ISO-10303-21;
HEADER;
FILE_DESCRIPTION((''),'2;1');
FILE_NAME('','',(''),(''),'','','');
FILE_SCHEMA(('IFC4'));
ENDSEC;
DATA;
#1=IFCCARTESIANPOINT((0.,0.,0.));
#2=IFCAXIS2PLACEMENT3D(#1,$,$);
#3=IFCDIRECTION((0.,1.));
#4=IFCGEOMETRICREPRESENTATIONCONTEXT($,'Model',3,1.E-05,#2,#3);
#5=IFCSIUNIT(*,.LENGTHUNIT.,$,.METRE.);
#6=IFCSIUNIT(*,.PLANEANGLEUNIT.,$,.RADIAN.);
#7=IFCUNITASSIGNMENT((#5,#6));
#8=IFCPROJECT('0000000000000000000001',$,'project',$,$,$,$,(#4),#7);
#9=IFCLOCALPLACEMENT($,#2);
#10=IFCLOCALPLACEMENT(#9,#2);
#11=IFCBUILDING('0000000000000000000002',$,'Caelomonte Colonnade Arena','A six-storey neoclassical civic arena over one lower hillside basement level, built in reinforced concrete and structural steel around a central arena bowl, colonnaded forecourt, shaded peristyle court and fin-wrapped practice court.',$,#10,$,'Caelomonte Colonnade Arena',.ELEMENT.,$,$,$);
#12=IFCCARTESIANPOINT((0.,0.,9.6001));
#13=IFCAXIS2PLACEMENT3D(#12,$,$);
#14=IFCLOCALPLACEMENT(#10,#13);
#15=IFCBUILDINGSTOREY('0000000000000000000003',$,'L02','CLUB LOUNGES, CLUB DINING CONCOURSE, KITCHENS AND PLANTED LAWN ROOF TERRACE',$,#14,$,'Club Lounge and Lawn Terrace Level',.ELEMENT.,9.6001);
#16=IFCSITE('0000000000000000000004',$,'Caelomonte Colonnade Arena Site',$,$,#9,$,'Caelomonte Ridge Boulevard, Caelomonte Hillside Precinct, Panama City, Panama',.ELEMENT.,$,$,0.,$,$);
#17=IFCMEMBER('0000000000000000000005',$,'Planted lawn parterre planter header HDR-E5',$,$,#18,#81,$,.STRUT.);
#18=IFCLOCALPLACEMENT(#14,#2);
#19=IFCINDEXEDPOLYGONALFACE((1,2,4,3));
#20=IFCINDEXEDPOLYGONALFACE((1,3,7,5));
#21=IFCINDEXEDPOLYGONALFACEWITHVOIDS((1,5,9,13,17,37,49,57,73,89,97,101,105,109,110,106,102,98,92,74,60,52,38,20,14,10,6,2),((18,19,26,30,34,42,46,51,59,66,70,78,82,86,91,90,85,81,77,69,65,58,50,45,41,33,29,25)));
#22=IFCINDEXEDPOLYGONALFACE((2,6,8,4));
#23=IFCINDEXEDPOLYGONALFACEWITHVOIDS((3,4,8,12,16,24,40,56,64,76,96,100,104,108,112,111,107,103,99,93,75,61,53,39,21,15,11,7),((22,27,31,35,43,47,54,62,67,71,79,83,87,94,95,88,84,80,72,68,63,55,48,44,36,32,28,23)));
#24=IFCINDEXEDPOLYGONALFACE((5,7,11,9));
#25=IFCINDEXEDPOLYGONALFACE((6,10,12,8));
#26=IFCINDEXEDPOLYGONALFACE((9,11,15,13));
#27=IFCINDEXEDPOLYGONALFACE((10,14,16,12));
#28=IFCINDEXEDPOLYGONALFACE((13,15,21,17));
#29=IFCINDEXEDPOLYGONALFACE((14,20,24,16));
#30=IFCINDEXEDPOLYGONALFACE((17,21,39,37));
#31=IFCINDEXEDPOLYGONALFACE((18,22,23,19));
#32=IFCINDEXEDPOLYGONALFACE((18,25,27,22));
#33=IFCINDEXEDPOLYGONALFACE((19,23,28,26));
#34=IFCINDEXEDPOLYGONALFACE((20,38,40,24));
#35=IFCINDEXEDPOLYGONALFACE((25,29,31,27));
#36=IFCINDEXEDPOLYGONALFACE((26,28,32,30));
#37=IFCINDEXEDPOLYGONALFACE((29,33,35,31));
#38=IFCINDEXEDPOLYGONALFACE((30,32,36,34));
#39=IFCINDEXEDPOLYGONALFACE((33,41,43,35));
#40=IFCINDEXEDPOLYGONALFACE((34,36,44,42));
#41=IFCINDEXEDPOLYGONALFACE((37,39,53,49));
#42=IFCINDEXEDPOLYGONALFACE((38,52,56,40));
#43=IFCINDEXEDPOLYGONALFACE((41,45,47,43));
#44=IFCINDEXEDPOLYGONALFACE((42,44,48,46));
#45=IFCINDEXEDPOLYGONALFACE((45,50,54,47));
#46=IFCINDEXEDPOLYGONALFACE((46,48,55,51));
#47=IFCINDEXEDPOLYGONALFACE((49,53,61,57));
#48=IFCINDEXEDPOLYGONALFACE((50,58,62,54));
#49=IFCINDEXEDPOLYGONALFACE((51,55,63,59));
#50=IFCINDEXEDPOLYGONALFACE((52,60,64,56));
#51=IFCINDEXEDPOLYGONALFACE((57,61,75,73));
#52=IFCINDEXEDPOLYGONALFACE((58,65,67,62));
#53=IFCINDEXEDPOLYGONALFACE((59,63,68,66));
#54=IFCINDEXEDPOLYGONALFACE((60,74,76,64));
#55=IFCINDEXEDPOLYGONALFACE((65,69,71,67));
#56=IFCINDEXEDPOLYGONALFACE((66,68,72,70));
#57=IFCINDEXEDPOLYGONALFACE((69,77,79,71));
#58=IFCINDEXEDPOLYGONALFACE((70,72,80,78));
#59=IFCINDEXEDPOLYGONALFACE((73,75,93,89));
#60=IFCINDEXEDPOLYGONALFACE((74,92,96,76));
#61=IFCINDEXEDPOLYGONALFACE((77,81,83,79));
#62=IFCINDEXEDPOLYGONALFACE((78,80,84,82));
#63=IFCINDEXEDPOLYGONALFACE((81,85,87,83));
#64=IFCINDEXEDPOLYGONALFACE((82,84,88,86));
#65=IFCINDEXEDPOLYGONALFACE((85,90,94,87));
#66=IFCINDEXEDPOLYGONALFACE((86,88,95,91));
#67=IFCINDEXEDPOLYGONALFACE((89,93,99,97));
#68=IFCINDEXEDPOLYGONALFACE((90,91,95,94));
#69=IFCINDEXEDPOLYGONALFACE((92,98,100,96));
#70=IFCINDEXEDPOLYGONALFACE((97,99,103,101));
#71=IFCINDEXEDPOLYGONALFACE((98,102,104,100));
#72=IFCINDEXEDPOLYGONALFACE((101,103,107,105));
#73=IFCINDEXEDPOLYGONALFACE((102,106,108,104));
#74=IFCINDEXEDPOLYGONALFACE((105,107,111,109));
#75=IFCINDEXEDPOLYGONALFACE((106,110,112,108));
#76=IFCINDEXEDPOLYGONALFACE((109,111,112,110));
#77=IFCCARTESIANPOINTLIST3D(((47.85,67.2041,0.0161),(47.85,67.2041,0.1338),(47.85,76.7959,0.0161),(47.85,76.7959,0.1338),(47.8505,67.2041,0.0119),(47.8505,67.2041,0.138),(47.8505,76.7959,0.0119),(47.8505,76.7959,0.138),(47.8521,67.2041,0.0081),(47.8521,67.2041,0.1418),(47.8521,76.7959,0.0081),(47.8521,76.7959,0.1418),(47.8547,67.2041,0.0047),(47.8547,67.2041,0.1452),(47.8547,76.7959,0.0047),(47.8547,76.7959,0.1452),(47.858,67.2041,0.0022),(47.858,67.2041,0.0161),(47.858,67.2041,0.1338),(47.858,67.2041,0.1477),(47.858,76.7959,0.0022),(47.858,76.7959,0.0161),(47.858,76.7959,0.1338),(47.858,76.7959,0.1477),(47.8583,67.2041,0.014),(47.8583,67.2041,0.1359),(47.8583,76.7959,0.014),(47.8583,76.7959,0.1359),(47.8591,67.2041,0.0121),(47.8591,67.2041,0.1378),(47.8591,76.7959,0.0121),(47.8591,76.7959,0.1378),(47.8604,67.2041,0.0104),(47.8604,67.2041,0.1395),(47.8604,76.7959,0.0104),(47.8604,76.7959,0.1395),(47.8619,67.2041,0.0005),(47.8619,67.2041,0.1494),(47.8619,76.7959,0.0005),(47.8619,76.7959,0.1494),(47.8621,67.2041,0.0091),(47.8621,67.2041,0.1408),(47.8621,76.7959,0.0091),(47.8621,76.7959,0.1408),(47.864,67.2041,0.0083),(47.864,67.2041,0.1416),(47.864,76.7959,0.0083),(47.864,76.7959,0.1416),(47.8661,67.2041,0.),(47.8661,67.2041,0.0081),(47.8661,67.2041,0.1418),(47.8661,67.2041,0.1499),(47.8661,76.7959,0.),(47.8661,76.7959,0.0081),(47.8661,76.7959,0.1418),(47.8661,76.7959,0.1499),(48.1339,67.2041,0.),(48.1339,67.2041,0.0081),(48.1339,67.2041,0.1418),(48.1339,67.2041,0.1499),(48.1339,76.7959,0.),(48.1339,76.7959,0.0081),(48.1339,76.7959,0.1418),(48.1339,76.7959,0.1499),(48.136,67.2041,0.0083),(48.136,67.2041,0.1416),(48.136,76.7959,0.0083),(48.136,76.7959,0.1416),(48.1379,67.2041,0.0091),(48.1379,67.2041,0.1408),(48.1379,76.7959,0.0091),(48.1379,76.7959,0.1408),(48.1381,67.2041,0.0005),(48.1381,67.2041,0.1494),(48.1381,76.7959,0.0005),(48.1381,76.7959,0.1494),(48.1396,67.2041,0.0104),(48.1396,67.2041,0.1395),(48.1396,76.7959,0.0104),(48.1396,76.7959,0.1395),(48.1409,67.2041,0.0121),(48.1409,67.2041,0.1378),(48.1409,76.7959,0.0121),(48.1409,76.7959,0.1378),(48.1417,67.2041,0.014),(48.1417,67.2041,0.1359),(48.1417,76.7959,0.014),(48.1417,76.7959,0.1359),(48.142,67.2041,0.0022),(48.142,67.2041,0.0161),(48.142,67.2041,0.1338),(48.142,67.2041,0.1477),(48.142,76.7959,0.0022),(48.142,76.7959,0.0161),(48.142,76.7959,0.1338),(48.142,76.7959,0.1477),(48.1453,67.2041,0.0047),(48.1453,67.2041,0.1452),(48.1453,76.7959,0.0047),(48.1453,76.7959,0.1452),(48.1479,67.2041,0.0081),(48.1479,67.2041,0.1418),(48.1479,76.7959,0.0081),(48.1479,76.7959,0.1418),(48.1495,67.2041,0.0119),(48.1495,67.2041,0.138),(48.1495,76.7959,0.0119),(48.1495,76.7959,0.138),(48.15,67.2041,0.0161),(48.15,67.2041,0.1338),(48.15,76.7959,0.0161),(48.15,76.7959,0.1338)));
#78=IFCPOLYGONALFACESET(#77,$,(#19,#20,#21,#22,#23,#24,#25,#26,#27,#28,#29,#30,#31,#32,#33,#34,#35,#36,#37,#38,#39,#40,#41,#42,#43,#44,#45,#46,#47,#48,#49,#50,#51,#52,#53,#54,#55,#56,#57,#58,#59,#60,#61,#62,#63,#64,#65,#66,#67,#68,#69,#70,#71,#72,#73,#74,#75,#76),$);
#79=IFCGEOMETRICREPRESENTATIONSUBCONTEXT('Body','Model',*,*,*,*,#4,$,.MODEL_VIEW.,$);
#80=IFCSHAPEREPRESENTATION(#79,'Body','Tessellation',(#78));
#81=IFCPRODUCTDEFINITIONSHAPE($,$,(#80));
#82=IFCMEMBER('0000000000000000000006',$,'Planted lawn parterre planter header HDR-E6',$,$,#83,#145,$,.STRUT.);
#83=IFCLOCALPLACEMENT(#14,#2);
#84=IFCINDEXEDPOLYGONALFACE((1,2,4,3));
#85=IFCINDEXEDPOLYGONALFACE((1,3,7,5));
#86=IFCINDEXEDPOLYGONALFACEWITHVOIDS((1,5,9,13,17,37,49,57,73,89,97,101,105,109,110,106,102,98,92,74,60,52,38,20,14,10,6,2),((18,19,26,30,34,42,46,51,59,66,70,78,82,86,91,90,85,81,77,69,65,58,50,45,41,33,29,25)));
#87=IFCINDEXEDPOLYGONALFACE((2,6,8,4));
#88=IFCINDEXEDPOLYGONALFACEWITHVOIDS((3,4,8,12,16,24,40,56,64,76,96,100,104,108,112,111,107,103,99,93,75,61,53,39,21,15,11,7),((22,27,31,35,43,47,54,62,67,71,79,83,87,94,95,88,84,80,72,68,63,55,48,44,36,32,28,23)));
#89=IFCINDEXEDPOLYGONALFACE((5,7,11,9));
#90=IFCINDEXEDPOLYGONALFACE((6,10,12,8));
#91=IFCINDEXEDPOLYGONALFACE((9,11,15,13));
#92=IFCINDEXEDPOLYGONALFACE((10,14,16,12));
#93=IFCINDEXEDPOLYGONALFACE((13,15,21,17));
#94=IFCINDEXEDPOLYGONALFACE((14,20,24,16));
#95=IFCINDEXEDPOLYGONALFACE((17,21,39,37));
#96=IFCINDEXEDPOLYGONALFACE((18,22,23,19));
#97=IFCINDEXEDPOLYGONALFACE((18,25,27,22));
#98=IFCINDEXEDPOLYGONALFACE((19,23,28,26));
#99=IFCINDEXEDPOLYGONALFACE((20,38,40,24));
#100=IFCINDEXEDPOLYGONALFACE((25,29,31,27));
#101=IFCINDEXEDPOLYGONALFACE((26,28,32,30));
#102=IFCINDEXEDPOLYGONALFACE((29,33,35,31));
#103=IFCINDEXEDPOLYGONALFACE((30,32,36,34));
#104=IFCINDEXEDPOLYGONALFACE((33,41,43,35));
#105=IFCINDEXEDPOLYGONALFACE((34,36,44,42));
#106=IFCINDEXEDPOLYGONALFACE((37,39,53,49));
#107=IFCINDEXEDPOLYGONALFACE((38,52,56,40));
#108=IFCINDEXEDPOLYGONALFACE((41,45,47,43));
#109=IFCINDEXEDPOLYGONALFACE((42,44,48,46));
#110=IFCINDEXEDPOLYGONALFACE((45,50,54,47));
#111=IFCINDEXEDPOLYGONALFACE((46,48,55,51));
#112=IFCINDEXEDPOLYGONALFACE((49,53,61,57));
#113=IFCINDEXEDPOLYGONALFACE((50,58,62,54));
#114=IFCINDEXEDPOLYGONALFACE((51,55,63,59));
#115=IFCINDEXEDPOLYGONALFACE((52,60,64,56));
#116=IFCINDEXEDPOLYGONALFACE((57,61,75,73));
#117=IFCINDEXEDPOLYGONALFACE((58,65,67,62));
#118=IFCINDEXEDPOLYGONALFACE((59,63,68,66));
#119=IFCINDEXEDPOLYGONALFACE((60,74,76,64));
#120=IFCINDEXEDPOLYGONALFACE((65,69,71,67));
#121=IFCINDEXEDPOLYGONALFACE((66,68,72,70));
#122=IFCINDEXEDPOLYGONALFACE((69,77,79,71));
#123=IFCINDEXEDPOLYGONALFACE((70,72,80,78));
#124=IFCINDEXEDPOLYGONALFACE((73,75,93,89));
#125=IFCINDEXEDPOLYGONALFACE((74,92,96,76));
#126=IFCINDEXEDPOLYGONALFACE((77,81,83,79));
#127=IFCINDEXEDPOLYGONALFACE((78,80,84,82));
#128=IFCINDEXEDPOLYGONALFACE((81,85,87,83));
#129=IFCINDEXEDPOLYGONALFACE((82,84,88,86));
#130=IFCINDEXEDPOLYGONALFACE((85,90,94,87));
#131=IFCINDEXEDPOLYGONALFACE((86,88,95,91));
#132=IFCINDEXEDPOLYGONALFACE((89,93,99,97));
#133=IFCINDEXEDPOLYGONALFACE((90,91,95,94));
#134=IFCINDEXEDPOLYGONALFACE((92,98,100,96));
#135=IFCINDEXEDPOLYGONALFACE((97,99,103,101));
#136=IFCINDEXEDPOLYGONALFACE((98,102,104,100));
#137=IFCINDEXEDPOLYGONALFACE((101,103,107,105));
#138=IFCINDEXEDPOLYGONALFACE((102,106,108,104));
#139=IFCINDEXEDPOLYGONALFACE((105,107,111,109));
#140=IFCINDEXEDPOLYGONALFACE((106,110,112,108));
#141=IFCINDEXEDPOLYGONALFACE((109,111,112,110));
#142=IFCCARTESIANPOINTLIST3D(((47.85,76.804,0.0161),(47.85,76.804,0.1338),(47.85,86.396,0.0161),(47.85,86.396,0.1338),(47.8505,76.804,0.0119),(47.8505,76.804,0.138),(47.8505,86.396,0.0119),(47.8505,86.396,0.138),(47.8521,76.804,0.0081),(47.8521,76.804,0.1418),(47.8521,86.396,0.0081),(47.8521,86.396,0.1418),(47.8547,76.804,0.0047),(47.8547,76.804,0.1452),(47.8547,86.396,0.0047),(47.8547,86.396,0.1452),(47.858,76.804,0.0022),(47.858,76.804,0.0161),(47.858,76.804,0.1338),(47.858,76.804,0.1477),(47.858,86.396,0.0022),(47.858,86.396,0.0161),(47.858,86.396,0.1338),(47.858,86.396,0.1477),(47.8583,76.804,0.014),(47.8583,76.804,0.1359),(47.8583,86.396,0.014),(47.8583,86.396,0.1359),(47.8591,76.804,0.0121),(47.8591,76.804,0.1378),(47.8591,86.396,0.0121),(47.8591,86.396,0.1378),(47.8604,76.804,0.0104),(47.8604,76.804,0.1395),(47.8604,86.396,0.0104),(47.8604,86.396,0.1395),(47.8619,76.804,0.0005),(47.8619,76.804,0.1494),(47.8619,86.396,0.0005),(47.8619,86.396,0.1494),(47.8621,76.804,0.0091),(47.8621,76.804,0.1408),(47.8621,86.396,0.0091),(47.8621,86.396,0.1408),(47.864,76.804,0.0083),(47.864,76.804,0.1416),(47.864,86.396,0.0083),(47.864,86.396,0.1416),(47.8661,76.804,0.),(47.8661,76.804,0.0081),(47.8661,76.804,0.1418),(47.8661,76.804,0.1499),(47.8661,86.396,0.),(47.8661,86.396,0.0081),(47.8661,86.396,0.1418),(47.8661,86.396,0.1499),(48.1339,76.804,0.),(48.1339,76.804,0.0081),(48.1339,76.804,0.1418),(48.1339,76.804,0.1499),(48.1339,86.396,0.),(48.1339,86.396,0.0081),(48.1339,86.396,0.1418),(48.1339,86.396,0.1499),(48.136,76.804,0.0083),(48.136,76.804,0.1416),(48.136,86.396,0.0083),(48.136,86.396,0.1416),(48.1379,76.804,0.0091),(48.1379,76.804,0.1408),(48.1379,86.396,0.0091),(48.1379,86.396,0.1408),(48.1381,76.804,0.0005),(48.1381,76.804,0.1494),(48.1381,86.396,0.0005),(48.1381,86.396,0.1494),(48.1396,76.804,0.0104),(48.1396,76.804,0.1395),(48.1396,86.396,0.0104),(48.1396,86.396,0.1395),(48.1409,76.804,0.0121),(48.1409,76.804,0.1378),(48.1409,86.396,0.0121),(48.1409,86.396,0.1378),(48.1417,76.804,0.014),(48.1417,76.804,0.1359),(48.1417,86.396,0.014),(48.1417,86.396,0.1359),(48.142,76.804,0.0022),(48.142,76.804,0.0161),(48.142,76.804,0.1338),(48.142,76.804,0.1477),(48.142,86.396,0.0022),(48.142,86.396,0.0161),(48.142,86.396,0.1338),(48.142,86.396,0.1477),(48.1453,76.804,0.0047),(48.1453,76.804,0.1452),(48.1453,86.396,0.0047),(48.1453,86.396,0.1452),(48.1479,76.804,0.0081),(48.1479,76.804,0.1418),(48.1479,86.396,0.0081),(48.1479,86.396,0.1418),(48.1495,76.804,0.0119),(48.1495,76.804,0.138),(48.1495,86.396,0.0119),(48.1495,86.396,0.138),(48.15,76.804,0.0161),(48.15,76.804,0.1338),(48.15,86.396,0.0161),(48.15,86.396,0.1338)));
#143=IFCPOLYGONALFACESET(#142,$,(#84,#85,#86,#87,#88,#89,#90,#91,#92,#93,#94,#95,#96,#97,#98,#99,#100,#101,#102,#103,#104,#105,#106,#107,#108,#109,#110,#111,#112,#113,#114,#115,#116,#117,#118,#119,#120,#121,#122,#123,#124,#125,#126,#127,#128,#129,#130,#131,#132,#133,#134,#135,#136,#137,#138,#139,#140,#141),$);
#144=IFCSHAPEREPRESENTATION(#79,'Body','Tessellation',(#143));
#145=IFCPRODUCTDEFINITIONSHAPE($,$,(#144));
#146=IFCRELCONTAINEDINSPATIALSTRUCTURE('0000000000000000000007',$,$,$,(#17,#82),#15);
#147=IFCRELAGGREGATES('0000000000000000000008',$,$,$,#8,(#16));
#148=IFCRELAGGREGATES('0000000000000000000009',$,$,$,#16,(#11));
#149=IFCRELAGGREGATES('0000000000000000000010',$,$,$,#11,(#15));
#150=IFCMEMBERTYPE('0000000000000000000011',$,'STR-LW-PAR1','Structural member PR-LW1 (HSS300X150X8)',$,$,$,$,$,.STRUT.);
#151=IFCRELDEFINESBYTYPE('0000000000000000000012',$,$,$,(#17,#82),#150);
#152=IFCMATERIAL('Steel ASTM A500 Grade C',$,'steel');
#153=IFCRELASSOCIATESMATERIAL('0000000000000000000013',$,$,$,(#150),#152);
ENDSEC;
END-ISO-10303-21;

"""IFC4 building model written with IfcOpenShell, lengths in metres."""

from ifc_helpers import new_model, si_unit, direction, frame, origin, origin_2d, place, context, subcontext, project, spatial, hollow_rectangle, extrude, material, material_profile, profile_set, type_object, element, save


model = new_model("IFC4")

# Units and contexts
model_context = context("Model", 3, precision=1e-05, world=origin(), true_north=direction((0.0, 1.0)))
body_context = subcontext(model_context, "Body", "Model", "MODEL_VIEW")
ifc_project = project(units=[si_unit("LENGTHUNIT", "METRE"), si_unit("PLANEANGLEUNIT", "RADIAN")], contexts=[model_context])

# Site, building, storey
site_placement = place(None, origin())
site = spatial("IfcSite", under=ifc_project, at=site_placement, Name="Caelomonte Colonnade Arena Site", LongName="Caelomonte Ridge Boulevard, Caelomonte Hillside Precinct, Panama City, Panama", CompositionType="ELEMENT", RefElevation=0.0)
building_placement = place(site_placement, origin())
building = spatial("IfcBuilding", under=site, at=building_placement, Name="Caelomonte Colonnade Arena", Description="A six-storey neoclassical civic arena over one lower hillside basement level, built in reinforced concrete and structural steel around a central arena bowl, colonnaded forecourt, shaded peristyle court and fin-wrapped practice court.", LongName="Caelomonte Colonnade Arena", CompositionType="ELEMENT")
storey_placement = place(building_placement, frame((0.0, 0.0, 9.6001)))
storey = spatial("IfcBuildingStorey", under=building, at=storey_placement, Name="L02", Description="CLUB LOUNGES, CLUB DINING CONCOURSE, KITCHENS AND PLANTED LAWN ROOF TERRACE", LongName="Club Lounge and Lawn Terrace Level", CompositionType="ELEMENT", Elevation=9.6001)

# Members
ifc_material_1 = material(Name="Steel ASTM A500 Grade C", Category="steel")
ifc_material_profile_1 = material_profile(ifc_material_1, hollow_rectangle(XDim=0.3, YDim=0.1499, WallThickness=0.0081, InnerFilletRadius=0.0081, OuterFilletRadius=0.0161, at=origin_2d()), Name="HSS300X150X8")
ifc_profile_set_1 = profile_set([ifc_material_profile_1], Name="Steel ASTM A500 Grade C")
member_type = type_object("IfcMemberType", Name="STR-LW-PAR1", Description="Structural member PR-LW1 (HSS300X150X8)", PredefinedType="STRUT", material=ifc_profile_set_1)
member_1_placement = place(storey_placement, frame((48.0, 67.2041, 0.075), z_axis=(0.0, 1.0, 0.0), x_axis=(-1.0, 0.0, 0.0)))
element("IfcMember", 1, at=member_1_placement, inside=storey, type_object=member_type, Name="Planted lawn parterre planter header HDR-E5", PredefinedType="STRUT", context=body_context, shape_type="SweptSolid", body=[
    extrude(hollow_rectangle(XDim=0.3, YDim=0.1499, WallThickness=0.0081, InnerFilletRadius=0.0081, OuterFilletRadius=0.0161, at=origin_2d()), origin(), (0.0, 0.0, 1.0), 9.5918),
])
member_2_placement = place(storey_placement, frame((48.0, 76.804, 0.075), z_axis=(0.0, 1.0, 0.0), x_axis=(-1.0, 0.0, 0.0)))
element("IfcMember", 2, at=member_2_placement, inside=storey, type_object=member_type, Name="Planted lawn parterre planter header HDR-E6", PredefinedType="STRUT", context=body_context, shape_type="SweptSolid", body=[
    extrude(hollow_rectangle(XDim=0.3, YDim=0.1499, WallThickness=0.0081, InnerFilletRadius=0.0081, OuterFilletRadius=0.0161, at=origin_2d()), origin(), (0.0, 0.0, 1.0), 9.592),
])

save(model, "model.ifc")
